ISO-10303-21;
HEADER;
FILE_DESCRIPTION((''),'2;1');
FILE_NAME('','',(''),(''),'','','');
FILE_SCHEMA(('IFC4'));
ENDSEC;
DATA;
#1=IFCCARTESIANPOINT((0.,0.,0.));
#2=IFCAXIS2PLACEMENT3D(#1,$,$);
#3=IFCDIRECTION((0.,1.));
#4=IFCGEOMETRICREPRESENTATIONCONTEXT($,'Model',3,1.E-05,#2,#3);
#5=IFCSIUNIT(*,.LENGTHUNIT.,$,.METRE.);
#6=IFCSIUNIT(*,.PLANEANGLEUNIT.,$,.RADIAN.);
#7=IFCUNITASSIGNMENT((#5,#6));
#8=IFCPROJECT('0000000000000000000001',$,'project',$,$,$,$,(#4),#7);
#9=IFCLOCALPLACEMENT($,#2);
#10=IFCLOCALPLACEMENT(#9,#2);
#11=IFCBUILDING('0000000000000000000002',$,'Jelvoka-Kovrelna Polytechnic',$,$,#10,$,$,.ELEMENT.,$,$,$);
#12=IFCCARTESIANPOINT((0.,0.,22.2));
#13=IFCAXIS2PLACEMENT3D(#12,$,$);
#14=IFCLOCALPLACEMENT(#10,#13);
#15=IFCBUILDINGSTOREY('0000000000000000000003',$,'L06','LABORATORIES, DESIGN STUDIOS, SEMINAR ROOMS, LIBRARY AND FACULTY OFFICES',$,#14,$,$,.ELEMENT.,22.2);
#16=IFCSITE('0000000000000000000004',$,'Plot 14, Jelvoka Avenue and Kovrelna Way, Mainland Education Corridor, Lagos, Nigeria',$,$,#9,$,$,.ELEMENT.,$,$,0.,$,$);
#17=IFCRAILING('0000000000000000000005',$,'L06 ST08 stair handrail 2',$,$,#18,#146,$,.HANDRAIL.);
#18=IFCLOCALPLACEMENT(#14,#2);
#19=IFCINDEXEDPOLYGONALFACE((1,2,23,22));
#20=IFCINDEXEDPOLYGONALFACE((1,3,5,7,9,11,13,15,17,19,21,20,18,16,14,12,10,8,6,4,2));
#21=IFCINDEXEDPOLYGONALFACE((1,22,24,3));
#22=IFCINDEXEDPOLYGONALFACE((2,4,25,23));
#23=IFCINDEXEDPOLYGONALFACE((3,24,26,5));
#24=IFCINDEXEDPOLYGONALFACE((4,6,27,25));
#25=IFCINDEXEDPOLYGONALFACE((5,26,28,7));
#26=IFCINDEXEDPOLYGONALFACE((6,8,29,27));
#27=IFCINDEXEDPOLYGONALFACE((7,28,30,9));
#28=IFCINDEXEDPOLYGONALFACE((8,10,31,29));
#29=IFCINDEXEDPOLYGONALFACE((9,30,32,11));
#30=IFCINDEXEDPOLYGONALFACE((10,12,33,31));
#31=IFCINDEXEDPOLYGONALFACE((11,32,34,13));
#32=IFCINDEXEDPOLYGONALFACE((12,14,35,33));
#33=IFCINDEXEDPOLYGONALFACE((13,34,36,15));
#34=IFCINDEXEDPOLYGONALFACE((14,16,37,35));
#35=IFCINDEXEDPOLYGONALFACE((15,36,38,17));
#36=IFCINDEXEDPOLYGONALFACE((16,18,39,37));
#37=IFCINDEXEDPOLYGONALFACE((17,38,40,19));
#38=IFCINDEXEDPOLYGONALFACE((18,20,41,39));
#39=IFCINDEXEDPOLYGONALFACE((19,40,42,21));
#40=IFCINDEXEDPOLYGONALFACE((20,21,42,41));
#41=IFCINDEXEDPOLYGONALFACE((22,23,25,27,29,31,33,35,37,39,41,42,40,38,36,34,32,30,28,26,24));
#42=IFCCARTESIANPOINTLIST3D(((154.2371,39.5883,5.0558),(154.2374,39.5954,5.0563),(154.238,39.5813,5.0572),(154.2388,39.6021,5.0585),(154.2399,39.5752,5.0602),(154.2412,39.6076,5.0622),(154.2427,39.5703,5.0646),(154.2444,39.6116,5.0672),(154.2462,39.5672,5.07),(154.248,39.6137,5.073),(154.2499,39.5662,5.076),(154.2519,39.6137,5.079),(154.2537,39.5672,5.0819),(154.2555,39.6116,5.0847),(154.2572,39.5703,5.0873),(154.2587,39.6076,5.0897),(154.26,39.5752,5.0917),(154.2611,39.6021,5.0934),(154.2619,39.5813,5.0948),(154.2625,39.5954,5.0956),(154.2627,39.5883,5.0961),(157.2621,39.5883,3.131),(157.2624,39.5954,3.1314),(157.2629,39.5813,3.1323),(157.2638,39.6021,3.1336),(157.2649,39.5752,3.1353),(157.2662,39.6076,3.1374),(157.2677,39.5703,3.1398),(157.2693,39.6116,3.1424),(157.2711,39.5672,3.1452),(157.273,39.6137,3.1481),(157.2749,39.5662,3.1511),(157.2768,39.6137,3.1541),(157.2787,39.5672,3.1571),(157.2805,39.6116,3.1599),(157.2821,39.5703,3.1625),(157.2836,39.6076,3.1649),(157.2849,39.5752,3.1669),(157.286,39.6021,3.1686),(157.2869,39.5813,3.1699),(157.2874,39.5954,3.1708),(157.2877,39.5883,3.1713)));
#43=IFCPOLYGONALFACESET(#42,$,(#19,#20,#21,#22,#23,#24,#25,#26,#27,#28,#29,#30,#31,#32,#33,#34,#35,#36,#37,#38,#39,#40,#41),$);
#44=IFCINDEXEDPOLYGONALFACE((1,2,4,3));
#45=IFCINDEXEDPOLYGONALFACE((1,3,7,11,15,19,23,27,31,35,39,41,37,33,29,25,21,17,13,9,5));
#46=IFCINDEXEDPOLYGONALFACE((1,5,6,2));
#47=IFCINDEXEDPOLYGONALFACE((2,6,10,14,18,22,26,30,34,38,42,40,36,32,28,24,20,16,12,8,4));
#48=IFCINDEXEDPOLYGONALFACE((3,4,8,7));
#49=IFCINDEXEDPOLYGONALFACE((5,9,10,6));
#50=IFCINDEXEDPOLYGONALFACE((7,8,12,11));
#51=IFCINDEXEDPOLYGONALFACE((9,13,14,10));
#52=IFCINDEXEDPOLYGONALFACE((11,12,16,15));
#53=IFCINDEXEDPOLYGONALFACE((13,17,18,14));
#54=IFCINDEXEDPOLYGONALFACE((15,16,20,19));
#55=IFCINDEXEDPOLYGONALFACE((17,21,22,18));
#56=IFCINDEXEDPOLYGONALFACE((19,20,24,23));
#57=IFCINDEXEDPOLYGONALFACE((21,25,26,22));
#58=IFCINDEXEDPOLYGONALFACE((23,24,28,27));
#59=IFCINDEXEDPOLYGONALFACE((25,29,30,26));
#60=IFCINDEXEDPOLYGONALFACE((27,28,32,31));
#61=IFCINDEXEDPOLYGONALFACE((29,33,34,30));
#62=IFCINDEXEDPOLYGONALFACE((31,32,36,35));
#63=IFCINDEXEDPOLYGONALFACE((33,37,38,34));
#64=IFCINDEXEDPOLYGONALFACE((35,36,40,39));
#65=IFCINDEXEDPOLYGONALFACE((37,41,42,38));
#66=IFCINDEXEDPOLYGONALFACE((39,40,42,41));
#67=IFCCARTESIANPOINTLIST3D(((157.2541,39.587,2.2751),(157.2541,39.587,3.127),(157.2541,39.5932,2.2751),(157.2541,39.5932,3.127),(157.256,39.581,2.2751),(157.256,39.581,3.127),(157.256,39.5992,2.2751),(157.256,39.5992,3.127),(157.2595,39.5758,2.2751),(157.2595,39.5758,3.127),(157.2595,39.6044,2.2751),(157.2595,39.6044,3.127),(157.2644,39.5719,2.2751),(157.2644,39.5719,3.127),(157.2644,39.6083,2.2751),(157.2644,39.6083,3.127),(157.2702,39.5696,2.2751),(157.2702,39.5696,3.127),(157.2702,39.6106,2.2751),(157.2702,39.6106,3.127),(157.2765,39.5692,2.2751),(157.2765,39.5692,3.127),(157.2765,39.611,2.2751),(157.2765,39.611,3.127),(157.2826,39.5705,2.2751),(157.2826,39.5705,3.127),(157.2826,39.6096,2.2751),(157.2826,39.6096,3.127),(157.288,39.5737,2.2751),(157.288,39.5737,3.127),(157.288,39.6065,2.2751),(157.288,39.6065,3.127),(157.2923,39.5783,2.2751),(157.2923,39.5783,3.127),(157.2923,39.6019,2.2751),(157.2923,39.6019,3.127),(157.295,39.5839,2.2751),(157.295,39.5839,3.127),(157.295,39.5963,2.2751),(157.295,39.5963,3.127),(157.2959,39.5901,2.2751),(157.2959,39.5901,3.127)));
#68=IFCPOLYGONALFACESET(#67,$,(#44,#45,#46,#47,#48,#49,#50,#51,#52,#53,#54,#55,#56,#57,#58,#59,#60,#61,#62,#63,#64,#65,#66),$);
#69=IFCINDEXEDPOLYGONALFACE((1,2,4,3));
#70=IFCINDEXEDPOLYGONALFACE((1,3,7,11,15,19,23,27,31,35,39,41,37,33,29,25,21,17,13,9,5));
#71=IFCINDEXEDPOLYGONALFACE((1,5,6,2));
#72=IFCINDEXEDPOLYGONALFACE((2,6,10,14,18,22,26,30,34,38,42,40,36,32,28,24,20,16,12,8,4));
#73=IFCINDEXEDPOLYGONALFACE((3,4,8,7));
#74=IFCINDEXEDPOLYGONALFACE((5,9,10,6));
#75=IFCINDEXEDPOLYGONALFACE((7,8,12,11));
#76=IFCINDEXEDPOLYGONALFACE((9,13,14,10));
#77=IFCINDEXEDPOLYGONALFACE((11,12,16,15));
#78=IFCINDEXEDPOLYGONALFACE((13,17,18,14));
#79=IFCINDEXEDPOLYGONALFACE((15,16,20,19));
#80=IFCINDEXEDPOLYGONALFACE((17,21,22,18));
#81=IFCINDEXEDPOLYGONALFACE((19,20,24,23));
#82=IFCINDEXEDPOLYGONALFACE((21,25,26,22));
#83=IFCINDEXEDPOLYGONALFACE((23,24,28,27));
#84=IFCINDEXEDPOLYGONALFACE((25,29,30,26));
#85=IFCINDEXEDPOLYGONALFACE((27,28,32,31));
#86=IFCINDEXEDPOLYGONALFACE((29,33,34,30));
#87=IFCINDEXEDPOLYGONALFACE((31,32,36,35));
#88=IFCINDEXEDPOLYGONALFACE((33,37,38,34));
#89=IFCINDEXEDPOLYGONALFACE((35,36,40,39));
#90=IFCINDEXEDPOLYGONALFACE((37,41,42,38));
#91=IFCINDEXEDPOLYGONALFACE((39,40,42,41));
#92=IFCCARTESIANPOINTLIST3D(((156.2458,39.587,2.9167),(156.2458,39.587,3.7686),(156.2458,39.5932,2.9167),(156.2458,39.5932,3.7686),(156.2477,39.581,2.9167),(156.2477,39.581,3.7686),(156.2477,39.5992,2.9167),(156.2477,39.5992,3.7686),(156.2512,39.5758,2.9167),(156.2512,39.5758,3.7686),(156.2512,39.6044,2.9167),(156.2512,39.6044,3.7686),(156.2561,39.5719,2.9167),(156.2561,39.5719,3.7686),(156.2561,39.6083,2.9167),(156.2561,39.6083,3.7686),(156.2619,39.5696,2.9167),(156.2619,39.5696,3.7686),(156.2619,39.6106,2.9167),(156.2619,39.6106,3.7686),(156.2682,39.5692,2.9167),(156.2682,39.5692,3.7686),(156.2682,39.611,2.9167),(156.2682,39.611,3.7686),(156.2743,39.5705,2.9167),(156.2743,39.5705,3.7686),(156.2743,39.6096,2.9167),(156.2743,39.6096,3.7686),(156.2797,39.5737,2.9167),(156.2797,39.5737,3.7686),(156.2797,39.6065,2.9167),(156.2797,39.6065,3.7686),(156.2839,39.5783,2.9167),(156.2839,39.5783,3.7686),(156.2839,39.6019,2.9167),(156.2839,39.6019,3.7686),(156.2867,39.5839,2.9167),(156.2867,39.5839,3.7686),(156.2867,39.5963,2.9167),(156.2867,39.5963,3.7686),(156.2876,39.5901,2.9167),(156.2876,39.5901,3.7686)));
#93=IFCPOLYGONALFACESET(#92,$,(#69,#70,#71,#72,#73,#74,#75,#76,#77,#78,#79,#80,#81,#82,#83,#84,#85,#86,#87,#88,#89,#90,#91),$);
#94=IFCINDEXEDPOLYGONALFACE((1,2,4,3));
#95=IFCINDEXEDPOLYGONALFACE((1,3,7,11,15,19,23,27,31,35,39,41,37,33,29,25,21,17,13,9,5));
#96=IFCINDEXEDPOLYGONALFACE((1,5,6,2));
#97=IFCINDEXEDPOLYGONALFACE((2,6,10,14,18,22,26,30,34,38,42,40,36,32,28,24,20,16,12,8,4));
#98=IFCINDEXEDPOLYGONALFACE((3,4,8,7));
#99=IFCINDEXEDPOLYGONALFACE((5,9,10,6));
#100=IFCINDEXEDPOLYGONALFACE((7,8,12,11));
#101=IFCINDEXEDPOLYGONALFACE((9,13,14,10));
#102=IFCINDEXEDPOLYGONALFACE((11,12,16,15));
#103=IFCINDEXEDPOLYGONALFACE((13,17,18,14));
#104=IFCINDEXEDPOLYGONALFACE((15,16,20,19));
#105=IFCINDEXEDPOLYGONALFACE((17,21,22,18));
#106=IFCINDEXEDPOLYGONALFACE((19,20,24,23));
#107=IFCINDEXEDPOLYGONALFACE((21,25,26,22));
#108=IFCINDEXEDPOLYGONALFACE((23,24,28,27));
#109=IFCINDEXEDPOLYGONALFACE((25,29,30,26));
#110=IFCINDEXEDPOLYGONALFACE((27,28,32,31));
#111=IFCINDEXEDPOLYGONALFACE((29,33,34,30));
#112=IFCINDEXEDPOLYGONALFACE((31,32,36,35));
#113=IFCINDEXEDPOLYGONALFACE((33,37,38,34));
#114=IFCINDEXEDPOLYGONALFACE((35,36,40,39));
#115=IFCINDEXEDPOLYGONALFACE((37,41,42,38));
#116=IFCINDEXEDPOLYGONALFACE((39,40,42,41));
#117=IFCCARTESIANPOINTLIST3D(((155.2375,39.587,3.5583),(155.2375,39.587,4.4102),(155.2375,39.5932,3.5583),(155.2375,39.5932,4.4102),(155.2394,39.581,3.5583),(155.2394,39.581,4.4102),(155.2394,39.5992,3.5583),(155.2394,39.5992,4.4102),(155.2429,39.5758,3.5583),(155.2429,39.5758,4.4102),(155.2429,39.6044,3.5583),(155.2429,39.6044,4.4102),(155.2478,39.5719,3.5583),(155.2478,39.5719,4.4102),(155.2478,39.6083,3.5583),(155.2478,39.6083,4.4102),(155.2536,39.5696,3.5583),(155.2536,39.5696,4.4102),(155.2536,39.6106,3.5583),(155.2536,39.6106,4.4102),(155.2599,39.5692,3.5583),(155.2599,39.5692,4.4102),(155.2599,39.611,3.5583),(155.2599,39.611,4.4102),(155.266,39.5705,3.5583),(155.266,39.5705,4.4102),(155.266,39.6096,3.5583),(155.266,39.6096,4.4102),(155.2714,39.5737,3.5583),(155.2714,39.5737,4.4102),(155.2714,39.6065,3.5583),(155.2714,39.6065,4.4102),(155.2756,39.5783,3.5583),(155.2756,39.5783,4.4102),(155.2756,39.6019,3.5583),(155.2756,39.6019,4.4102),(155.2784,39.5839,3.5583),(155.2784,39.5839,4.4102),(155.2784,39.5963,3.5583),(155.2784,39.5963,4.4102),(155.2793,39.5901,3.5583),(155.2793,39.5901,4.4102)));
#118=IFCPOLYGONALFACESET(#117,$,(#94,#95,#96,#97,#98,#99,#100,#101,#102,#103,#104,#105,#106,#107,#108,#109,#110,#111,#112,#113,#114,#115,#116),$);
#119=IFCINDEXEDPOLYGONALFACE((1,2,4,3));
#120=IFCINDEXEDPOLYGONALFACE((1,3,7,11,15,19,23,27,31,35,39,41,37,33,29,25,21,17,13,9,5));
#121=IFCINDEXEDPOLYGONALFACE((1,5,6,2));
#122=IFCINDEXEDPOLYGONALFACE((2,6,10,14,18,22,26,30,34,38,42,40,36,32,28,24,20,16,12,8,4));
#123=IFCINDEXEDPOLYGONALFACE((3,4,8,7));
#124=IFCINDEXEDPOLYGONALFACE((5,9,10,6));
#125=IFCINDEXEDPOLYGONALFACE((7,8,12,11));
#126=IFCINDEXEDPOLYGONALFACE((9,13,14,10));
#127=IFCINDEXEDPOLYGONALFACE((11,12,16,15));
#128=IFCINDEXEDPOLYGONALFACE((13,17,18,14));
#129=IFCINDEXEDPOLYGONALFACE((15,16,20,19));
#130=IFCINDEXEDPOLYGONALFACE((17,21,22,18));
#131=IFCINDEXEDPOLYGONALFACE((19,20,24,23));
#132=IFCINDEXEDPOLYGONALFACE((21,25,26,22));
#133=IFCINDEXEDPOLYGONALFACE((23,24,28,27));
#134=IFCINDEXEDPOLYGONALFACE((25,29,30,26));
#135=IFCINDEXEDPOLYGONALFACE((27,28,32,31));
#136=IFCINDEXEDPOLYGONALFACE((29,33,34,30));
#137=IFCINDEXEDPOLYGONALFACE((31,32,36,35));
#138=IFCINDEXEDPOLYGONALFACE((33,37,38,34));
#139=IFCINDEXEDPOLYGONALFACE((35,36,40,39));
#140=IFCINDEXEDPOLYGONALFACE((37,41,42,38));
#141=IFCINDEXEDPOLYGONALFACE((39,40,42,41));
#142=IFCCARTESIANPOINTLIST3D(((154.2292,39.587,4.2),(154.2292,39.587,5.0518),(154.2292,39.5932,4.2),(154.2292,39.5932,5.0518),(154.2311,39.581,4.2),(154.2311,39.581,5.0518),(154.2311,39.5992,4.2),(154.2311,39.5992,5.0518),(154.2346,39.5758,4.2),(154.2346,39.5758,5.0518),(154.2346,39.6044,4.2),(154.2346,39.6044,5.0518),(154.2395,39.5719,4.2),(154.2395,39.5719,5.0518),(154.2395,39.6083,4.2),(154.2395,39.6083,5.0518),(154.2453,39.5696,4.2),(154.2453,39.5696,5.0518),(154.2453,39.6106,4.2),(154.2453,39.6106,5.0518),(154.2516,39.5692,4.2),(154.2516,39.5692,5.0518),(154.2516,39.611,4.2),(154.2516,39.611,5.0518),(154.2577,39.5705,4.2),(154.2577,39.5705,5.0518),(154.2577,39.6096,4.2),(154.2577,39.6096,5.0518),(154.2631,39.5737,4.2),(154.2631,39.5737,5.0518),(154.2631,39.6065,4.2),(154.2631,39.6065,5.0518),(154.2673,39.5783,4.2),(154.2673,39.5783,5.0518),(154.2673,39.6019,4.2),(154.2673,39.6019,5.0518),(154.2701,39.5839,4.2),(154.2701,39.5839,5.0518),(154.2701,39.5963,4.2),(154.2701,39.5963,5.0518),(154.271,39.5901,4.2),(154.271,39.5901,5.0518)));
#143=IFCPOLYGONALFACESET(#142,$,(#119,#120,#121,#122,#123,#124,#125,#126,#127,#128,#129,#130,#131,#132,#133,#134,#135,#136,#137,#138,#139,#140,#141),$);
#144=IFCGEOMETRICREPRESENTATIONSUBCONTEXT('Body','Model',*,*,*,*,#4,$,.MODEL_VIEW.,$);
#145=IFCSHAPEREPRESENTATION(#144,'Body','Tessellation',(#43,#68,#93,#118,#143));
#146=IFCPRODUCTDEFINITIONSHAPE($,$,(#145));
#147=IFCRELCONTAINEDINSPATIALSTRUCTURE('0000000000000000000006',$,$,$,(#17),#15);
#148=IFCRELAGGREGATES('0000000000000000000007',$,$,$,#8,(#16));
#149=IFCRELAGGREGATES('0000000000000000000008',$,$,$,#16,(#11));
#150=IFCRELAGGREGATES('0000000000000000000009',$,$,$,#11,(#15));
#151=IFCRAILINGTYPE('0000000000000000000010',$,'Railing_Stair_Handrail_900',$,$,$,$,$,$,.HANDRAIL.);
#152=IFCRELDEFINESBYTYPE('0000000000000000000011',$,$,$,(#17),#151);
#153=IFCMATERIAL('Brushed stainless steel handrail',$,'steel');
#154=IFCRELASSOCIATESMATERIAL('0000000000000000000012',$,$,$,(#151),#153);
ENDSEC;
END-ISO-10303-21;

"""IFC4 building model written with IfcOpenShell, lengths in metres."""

from ifc_helpers import new_model, si_unit, direction, frame, origin, origin_2d, place, context, subcontext, project, spatial, circle, extrude, material, type_object, element, save


model = new_model("IFC4")

# Units and contexts
model_context = context("Model", 3, precision=1e-05, world=origin(), true_north=direction((0.0, 1.0)))
body_context = subcontext(model_context, "Body", "Model", "MODEL_VIEW")
ifc_project = project(units=[si_unit("LENGTHUNIT", "METRE"), si_unit("PLANEANGLEUNIT", "RADIAN")], contexts=[model_context])

# Site, building, storey
site_placement = place(None, origin())
site = spatial("IfcSite", under=ifc_project, at=site_placement, Name="Plot 14, Jelvoka Avenue and Kovrelna Way, Mainland Education Corridor, Lagos, Nigeria", CompositionType="ELEMENT", RefElevation=0.0)
building_placement = place(site_placement, origin())
building = spatial("IfcBuilding", under=site, at=building_placement, Name="Jelvoka-Kovrelna Polytechnic", CompositionType="ELEMENT")
storey_placement = place(building_placement, frame((0.0, 0.0, 22.2)))
storey = spatial("IfcBuildingStorey", under=building, at=storey_placement, Name="L06", Description="LABORATORIES, DESIGN STUDIOS, SEMINAR ROOMS, LIBRARY AND FACULTY OFFICES", CompositionType="ELEMENT", Elevation=22.2)

# Railing
ifc_material_1 = material(Name="Brushed stainless steel handrail", Category="steel")
railing_type_1 = type_object("IfcRailingType", Name="Railing_Stair_Handrail_900", PredefinedType="HANDRAIL", material=ifc_material_1)
railing_1_placement = place(storey_placement, frame((157.2749, 39.5901, 2.2751)))
element("IfcRailing", 1, at=railing_1_placement, inside=storey, type_object=railing_type_1, Name="L06 ST08 stair handrail 2", PredefinedType="HANDRAIL", context=body_context, shape_type="SweptSolid", body=[
    extrude(circle(Radius=0.0239, at=origin_2d()), frame((0.0, 0.0, 0.876), z_axis=(-0.843678, 0.0, 0.536849), x_axis=(0.0, -1.0, 0.0)), (0.0, 0.0, 1.0), 3.5854),
    extrude(circle(Radius=0.021, at=origin_2d()), origin(), (0.0, 0.0, 1.0), 0.8518),
    extrude(circle(Radius=0.021, at=origin_2d()), frame((-1.0083, 0.0, 0.6416)), (0.0, 0.0, 1.0), 0.8518),
    extrude(circle(Radius=0.021, at=origin_2d()), frame((-2.0166, 0.0, 1.2832)), (0.0, 0.0, 1.0), 0.8518),
    extrude(circle(Radius=0.021, at=origin_2d()), frame((-3.0249, 0.0, 1.9248)), (0.0, 0.0, 1.0), 0.8518),
])

save(model, "model.ifc")
